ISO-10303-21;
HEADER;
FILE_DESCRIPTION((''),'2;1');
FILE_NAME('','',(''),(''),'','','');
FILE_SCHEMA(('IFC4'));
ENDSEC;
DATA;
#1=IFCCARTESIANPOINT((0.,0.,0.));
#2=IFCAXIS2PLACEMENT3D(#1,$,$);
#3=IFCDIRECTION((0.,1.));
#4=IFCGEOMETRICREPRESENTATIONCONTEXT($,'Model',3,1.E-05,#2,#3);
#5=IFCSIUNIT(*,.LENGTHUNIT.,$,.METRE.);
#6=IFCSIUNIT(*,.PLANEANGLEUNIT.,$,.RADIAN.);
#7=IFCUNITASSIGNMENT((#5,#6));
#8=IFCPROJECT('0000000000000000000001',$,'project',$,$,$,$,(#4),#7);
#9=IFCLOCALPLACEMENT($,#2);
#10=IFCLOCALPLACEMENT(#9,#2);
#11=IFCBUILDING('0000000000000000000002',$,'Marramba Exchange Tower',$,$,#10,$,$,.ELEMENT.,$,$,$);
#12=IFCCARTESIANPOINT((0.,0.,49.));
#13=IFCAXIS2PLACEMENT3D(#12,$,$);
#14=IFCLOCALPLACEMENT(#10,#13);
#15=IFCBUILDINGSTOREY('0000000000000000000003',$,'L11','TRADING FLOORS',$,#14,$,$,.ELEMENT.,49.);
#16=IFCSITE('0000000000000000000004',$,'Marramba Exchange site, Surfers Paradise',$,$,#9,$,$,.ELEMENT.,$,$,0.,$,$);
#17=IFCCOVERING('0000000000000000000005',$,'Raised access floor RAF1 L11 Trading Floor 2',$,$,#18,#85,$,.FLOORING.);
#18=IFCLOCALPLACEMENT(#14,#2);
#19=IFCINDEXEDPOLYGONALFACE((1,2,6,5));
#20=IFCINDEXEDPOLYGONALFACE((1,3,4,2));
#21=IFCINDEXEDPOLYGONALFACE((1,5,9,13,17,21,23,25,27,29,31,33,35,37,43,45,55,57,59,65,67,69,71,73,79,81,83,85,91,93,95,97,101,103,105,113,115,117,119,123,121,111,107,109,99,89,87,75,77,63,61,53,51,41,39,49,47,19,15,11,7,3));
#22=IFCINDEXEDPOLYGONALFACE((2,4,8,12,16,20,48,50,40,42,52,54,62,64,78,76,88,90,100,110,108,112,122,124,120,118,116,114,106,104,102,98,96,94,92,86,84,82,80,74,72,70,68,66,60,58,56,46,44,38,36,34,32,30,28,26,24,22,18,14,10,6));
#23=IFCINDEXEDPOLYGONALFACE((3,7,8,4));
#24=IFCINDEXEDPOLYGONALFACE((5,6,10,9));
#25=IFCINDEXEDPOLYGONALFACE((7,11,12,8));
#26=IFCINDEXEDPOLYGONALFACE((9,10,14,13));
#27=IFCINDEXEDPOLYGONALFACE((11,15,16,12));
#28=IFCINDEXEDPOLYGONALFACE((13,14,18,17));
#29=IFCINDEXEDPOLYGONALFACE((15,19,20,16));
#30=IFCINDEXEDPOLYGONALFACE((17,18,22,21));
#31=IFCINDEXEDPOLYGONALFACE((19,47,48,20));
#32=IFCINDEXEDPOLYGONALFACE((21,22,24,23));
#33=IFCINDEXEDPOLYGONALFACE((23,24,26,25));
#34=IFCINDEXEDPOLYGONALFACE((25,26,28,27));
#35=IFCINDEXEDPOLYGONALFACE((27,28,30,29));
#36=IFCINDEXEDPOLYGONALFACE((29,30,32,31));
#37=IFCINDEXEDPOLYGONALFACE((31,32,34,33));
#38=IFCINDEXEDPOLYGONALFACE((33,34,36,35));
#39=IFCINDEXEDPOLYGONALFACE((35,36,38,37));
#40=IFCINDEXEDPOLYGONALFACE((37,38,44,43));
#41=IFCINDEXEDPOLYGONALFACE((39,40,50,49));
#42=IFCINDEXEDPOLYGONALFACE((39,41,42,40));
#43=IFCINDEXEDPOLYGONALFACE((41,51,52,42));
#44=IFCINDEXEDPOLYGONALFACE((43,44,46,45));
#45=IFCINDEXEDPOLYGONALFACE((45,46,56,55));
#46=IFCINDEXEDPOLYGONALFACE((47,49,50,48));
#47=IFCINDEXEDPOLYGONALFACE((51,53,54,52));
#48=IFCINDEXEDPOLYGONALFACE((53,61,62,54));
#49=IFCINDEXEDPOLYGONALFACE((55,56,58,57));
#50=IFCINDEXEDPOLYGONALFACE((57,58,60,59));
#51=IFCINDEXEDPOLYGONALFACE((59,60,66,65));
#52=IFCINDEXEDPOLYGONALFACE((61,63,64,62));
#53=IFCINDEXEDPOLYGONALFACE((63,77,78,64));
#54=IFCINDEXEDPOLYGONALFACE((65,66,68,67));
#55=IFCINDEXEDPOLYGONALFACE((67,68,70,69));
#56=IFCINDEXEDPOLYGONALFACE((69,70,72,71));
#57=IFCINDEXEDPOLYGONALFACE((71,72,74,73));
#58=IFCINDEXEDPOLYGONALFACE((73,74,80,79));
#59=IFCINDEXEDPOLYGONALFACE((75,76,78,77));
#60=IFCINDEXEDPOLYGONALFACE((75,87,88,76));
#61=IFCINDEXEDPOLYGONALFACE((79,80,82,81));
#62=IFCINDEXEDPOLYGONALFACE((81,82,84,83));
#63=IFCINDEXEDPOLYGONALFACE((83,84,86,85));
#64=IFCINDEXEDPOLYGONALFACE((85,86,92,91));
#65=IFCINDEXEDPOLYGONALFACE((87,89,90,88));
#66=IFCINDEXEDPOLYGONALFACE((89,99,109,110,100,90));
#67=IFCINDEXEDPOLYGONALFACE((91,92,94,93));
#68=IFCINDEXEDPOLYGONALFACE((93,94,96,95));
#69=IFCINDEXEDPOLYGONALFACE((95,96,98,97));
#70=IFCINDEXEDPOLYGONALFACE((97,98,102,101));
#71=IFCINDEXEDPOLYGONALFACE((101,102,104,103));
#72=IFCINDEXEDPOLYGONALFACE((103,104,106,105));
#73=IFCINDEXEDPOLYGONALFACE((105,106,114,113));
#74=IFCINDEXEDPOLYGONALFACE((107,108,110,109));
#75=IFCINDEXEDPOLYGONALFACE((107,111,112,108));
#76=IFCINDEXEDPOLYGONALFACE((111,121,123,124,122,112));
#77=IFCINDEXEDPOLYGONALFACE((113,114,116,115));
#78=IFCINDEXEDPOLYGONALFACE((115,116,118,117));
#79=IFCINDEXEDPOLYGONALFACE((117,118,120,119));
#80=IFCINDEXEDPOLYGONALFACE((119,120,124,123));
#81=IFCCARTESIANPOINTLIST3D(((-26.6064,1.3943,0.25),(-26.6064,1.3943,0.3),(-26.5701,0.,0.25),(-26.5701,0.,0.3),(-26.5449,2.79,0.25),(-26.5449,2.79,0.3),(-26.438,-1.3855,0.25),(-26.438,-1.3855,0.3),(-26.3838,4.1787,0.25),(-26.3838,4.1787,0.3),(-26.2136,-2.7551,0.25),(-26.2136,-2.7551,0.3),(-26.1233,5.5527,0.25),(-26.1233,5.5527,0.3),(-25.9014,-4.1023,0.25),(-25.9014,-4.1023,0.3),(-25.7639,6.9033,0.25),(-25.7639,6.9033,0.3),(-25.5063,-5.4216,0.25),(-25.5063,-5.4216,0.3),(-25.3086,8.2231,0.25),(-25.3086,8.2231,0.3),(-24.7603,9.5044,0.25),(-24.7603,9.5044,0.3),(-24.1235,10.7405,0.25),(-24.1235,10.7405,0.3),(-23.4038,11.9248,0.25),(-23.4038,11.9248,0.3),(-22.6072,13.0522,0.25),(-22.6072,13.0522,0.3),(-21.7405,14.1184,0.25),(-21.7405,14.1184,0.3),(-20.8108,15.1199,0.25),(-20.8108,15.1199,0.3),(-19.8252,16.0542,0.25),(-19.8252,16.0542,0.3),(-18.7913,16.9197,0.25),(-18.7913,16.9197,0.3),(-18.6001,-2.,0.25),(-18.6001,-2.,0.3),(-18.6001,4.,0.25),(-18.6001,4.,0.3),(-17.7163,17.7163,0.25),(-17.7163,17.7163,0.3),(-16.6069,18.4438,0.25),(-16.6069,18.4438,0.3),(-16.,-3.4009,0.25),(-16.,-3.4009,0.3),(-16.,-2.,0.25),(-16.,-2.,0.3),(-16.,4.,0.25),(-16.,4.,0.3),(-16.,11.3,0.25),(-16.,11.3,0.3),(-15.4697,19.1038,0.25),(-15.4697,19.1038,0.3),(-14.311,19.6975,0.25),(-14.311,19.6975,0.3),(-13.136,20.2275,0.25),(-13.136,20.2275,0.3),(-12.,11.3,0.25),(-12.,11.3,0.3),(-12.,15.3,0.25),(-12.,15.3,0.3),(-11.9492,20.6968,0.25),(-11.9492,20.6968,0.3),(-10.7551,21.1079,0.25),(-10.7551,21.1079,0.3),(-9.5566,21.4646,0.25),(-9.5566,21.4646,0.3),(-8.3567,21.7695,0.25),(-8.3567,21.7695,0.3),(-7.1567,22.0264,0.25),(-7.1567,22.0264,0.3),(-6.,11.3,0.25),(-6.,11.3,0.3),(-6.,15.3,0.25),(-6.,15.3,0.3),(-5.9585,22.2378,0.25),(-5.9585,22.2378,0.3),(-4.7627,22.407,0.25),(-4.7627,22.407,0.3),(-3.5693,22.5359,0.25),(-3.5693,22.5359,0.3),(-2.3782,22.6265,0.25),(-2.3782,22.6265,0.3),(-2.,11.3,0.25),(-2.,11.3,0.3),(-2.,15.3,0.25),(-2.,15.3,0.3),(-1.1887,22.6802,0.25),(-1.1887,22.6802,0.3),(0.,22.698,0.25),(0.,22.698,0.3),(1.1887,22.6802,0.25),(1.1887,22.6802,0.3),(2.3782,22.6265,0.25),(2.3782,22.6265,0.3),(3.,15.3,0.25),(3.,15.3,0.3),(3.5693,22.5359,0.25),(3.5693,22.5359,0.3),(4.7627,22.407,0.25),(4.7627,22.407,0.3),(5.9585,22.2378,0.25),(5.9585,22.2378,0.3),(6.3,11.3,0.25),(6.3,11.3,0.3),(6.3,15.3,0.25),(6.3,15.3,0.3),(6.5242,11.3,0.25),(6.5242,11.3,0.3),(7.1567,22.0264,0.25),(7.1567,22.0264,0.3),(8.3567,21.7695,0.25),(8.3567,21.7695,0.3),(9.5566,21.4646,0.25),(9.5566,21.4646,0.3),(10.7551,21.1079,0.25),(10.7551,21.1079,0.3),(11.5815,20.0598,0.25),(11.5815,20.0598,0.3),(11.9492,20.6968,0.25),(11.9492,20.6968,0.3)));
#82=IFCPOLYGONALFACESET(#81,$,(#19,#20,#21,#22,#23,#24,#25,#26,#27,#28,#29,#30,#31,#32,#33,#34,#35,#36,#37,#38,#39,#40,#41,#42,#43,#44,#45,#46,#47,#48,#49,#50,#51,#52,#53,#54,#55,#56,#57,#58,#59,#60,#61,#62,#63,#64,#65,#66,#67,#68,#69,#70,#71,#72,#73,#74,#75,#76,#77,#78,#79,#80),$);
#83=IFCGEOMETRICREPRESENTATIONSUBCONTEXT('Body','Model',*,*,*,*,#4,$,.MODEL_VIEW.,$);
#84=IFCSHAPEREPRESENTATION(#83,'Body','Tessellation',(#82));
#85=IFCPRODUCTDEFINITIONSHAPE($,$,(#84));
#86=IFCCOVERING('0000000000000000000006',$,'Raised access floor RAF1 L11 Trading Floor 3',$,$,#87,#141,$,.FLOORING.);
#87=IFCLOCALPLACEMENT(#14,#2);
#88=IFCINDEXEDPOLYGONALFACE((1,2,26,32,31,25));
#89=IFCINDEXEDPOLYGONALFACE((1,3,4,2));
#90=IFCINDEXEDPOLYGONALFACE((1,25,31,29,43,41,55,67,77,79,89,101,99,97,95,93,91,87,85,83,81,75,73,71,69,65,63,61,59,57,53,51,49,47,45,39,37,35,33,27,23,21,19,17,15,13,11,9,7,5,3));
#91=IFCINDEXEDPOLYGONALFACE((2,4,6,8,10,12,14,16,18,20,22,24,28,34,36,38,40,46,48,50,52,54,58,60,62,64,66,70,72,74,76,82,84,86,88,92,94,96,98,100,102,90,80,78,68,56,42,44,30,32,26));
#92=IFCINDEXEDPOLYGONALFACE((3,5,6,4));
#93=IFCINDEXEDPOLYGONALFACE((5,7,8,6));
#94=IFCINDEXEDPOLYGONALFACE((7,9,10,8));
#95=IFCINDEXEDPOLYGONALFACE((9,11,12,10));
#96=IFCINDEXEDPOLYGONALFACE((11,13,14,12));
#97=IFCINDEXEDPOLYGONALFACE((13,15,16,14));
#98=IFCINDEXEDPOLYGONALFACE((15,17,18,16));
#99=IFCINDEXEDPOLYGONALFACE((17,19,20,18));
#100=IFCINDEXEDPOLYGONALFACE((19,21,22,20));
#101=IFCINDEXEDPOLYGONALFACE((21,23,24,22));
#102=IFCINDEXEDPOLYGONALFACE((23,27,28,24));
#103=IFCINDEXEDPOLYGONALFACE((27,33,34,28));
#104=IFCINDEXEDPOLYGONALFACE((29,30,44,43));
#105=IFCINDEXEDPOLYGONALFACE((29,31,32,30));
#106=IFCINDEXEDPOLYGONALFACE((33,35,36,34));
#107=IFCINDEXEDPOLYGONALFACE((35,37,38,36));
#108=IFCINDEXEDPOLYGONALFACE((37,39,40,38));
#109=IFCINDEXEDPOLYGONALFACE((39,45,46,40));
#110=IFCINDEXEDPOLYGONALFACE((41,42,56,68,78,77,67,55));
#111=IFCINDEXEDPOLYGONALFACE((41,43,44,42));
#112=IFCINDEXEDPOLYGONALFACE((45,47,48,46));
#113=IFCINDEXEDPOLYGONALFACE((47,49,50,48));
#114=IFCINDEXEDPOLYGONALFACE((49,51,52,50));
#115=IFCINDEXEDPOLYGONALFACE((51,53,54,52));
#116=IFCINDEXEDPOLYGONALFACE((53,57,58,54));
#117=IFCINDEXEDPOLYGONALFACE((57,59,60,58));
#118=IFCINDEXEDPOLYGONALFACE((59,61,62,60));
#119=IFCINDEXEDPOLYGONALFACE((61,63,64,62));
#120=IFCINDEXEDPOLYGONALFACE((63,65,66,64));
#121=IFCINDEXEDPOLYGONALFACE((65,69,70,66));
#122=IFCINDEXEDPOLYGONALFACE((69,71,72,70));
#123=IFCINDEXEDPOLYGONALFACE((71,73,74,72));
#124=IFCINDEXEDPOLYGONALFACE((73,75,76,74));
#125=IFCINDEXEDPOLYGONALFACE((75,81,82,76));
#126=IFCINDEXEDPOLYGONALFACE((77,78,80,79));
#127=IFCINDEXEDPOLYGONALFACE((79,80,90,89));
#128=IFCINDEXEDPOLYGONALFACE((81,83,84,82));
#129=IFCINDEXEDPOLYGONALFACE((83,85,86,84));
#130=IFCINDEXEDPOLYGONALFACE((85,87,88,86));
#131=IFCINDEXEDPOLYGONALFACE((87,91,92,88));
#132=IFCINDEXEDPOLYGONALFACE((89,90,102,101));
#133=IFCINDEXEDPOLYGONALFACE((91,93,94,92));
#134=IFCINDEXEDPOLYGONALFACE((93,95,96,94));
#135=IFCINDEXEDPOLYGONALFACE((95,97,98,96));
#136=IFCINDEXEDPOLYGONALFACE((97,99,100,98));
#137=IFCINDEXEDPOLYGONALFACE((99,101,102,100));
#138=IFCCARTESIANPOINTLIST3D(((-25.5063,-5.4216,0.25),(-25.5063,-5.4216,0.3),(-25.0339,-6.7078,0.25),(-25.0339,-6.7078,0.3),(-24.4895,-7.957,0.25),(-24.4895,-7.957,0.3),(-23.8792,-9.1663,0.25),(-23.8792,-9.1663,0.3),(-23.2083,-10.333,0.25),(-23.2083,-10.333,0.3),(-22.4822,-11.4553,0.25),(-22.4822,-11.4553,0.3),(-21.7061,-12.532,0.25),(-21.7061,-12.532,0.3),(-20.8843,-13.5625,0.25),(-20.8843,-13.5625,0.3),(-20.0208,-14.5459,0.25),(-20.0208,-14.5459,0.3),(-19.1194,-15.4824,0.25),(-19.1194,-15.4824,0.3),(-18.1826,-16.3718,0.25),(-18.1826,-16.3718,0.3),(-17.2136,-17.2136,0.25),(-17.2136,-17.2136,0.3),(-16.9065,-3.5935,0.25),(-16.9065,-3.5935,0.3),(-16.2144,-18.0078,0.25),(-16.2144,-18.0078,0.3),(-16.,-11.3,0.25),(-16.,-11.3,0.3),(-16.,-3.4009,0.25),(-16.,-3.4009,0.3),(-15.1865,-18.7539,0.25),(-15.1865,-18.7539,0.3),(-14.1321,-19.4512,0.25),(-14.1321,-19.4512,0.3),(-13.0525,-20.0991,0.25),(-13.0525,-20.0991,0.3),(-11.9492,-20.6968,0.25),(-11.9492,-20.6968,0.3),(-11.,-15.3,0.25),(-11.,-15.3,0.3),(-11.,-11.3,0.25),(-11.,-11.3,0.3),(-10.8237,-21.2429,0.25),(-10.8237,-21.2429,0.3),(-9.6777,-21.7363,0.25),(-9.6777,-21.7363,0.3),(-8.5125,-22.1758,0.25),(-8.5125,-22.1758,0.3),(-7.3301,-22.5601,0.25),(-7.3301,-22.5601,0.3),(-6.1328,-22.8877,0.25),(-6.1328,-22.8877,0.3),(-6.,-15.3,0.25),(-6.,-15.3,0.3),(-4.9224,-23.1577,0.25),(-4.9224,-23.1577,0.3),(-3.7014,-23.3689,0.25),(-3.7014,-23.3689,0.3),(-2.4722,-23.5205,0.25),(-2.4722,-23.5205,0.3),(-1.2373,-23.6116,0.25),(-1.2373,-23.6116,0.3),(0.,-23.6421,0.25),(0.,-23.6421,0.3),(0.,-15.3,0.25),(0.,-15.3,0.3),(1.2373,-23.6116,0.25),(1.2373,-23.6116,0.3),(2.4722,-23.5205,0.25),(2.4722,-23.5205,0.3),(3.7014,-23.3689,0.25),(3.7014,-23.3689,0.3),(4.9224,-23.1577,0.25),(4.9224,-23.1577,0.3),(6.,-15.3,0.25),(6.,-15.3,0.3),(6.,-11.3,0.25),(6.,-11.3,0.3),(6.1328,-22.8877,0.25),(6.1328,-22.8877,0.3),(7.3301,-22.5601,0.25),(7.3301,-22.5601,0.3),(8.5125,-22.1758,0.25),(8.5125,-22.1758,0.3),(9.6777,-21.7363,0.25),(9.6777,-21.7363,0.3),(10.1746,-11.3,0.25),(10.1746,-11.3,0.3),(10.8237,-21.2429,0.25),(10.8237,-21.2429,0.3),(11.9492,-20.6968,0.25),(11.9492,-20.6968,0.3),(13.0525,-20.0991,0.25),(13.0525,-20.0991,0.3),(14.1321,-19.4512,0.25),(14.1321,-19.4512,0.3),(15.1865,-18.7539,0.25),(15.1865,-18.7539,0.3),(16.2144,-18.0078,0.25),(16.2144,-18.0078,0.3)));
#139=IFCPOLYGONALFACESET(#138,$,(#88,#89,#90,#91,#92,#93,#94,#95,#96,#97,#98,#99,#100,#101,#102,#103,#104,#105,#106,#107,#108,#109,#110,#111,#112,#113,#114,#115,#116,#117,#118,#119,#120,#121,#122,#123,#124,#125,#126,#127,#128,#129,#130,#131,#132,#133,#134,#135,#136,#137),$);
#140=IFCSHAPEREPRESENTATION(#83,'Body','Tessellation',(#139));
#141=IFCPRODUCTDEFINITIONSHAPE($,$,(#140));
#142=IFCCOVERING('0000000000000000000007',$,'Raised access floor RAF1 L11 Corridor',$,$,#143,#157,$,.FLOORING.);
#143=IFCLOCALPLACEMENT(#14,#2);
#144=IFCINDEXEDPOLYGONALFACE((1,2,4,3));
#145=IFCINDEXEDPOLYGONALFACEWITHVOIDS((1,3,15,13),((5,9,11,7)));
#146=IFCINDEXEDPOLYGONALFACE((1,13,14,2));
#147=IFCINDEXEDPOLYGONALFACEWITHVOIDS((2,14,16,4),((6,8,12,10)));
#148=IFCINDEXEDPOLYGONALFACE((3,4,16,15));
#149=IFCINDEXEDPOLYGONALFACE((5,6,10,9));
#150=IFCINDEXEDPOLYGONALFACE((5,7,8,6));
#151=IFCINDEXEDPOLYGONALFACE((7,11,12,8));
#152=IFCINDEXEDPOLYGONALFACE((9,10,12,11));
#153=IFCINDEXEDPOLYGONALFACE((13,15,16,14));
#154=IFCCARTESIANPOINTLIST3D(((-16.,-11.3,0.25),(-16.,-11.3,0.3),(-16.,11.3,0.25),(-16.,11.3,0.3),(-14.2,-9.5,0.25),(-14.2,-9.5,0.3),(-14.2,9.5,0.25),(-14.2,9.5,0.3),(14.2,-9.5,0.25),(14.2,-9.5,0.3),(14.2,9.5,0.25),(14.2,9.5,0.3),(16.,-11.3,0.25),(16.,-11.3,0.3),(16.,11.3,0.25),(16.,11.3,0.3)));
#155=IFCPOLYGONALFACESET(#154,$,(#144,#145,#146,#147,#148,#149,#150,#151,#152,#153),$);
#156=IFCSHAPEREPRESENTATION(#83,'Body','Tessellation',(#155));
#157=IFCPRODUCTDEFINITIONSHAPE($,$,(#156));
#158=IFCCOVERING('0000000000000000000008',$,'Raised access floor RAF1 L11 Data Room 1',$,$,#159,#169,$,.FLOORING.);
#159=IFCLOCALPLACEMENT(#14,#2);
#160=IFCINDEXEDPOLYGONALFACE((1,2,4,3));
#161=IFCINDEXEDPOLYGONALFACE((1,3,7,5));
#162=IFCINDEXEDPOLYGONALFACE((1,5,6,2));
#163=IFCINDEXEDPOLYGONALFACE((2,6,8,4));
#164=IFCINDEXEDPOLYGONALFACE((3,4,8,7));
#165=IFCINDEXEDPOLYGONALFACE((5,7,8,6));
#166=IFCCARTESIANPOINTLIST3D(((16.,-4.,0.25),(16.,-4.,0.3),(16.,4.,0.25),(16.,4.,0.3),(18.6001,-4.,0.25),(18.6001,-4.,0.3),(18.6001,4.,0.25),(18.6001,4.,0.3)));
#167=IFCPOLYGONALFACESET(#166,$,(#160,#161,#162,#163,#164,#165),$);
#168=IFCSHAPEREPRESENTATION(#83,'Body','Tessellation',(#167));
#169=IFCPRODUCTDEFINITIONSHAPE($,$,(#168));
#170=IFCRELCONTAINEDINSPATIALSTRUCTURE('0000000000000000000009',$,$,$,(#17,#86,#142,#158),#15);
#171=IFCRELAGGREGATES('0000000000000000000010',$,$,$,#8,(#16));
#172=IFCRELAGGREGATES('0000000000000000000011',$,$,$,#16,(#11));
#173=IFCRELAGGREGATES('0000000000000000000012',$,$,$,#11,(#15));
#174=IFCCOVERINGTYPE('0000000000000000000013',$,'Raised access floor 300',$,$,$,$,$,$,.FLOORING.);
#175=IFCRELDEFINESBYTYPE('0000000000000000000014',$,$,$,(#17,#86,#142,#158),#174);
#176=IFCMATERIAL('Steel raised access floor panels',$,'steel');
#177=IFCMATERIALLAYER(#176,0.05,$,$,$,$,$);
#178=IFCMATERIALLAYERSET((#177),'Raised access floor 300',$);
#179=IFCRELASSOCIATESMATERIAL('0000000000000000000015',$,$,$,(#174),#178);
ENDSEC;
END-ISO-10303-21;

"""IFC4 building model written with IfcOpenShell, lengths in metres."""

from ifc_helpers import new_model, si_unit, direction, frame, origin, place, context, subcontext, project, spatial, polyline, outline, extrude, material, layer, layer_set, type_object, element, save


model = new_model("IFC4")

# Units and contexts
model_context = context("Model", 3, precision=1e-05, world=origin(), true_north=direction((0.0, 1.0)))
body_context = subcontext(model_context, "Body", "Model", "MODEL_VIEW")
ifc_project = project(units=[si_unit("LENGTHUNIT", "METRE"), si_unit("PLANEANGLEUNIT", "RADIAN")], contexts=[model_context])

# Site, building, storey
site_placement = place(None, origin())
site = spatial("IfcSite", under=ifc_project, at=site_placement, Name="Marramba Exchange site, Surfers Paradise", CompositionType="ELEMENT", RefElevation=0.0)
building_placement = place(site_placement, origin())
building = spatial("IfcBuilding", under=site, at=building_placement, Name="Marramba Exchange Tower", CompositionType="ELEMENT")
storey_placement = place(building_placement, frame((0.0, 0.0, 49.0)))
storey = spatial("IfcBuildingStorey", under=building, at=storey_placement, Name="L11", Description="TRADING FLOORS", CompositionType="ELEMENT", Elevation=49.0)

# Coverings
ifc_material_1 = material(Name="Steel raised access floor panels", Category="steel")
ifc_layer_1 = layer(ifc_material_1, 0.05)
ifc_layer_set_1 = layer_set([ifc_layer_1], Name="Raised access floor 300")
covering_type_1 = type_object("IfcCoveringType", Name="Raised access floor 300", PredefinedType="FLOORING", material=ifc_layer_set_1)
covering_1_placement = place(storey_placement, frame((0.0, 0.0, 0.25)))
element("IfcCovering", 1, at=covering_1_placement, inside=storey, type_object=covering_type_1, Name="Raised access floor RAF1 L11 Trading Floor 2", PredefinedType="FLOORING", context=body_context, shape_type="SweptSolid", body=[
    extrude(outline(polyline([(-16.0, 4.0), (-18.6001, 4.0), (-18.6001, -2.0), (-16.0, -2.0), (-16.0, -3.4009), (-25.5063, -5.4216), (-25.9014, -4.1023), (-26.2136, -2.7551), (-26.438, -1.3855), (-26.5701, 0.0), (-26.6064, 1.3943), (-26.5449, 2.79), (-26.3838, 4.1787), (-26.1233, 5.5527), (-25.7639, 6.9033), (-25.3086, 8.2231), (-24.7603, 9.5044), (-24.1235, 10.7405), (-23.4038, 11.9248), (-22.6072, 13.0522), (-21.7405, 14.1184), (-20.8108, 15.1199), (-19.8252, 16.0542), (-18.7913, 16.9197), (-17.7163, 17.7163), (-16.6069, 18.4438), (-15.4697, 19.1038), (-14.311, 19.6975), (-13.136, 20.2275), (-11.9492, 20.6968), (-10.7551, 21.1079), (-9.5566, 21.4646), (-8.3567, 21.7695), (-7.1567, 22.0264), (-5.9585, 22.2378), (-4.7627, 22.407), (-3.5693, 22.5359), (-2.3782, 22.6265), (-1.1887, 22.6802), (0.0, 22.698), (1.1887, 22.6802), (2.3782, 22.6265), (3.5693, 22.5359), (4.7627, 22.407), (5.9585, 22.2378), (7.1567, 22.0264), (8.3567, 21.7695), (9.5566, 21.4646), (10.7551, 21.1079), (11.9492, 20.6968), (11.5815, 20.0598), (6.5242, 11.3), (6.3, 11.3), (6.3, 15.3), (3.0, 15.3), (-2.0, 15.3), (-2.0, 11.3), (-6.0, 11.3), (-6.0, 15.3), (-12.0, 15.3), (-12.0, 11.3), (-16.0, 11.3), (-16.0, 4.0)])), origin(), (0.0, 0.0, 1.0), 0.05),
])
covering_2_placement = place(storey_placement, frame((0.0, 0.0, 0.25)))
element("IfcCovering", 2, at=covering_2_placement, inside=storey, type_object=covering_type_1, Name="Raised access floor RAF1 L11 Trading Floor 3", PredefinedType="FLOORING", context=body_context, shape_type="SweptSolid", body=[
    extrude(outline(polyline([(-11.0, -11.3), (-11.0, -15.3), (-6.0, -15.3), (0.0, -15.3), (6.0, -15.3), (6.0, -11.3), (10.1746, -11.3), (16.2144, -18.0078), (15.1865, -18.7539), (14.1321, -19.4512), (13.0525, -20.0991), (11.9492, -20.6968), (10.8237, -21.2429), (9.6777, -21.7363), (8.5125, -22.1758), (7.3301, -22.5601), (6.1328, -22.8877), (4.9224, -23.1577), (3.7014, -23.3689), (2.4722, -23.5205), (1.2373, -23.6116), (0.0, -23.6421), (-1.2373, -23.6116), (-2.4722, -23.5205), (-3.7014, -23.3689), (-4.9224, -23.1577), (-6.1328, -22.8877), (-7.3301, -22.5601), (-8.5125, -22.1758), (-9.6777, -21.7363), (-10.8237, -21.2429), (-11.9492, -20.6968), (-13.0525, -20.0991), (-14.1321, -19.4512), (-15.1865, -18.7539), (-16.2144, -18.0078), (-17.2136, -17.2136), (-18.1826, -16.3718), (-19.1194, -15.4824), (-20.0208, -14.5459), (-20.8843, -13.5625), (-21.7061, -12.532), (-22.4822, -11.4553), (-23.2083, -10.333), (-23.8792, -9.1663), (-24.4895, -7.957), (-25.0339, -6.7078), (-25.5063, -5.4216), (-16.9065, -3.5935), (-16.0, -3.4009), (-16.0, -11.3), (-11.0, -11.3)])), origin(), (0.0, 0.0, 1.0), 0.05),
])
covering_3_placement = place(storey_placement, frame((0.0, 0.0, 0.25)))
element("IfcCovering", 3, at=covering_3_placement, inside=storey, type_object=covering_type_1, Name="Raised access floor RAF1 L11 Corridor", PredefinedType="FLOORING", context=body_context, shape_type="SweptSolid", body=[
    extrude(outline(polyline([(-16.0, 11.3), (16.0, 11.3), (16.0, -11.3), (-16.0, -11.3), (-16.0, 11.3)]), holes=[polyline([(-14.2, 9.5), (-14.2, -9.5), (14.2, -9.5), (14.2, 9.5), (-14.2, 9.5)])]), origin(), (0.0, 0.0, 1.0), 0.05),
])
covering_4_placement = place(storey_placement, frame((0.0, 0.0, 0.25)))
element("IfcCovering", 4, at=covering_4_placement, inside=storey, type_object=covering_type_1, Name="Raised access floor RAF1 L11 Data Room 1", PredefinedType="FLOORING", context=body_context, shape_type="SweptSolid", body=[
    extrude(outline(polyline([(18.6001, -4.0), (16.0, -4.0), (16.0, 4.0), (18.6001, 4.0), (18.6001, -4.0)])), origin(), (0.0, 0.0, 1.0), 0.05),
])

save(model, "model.ifc")
